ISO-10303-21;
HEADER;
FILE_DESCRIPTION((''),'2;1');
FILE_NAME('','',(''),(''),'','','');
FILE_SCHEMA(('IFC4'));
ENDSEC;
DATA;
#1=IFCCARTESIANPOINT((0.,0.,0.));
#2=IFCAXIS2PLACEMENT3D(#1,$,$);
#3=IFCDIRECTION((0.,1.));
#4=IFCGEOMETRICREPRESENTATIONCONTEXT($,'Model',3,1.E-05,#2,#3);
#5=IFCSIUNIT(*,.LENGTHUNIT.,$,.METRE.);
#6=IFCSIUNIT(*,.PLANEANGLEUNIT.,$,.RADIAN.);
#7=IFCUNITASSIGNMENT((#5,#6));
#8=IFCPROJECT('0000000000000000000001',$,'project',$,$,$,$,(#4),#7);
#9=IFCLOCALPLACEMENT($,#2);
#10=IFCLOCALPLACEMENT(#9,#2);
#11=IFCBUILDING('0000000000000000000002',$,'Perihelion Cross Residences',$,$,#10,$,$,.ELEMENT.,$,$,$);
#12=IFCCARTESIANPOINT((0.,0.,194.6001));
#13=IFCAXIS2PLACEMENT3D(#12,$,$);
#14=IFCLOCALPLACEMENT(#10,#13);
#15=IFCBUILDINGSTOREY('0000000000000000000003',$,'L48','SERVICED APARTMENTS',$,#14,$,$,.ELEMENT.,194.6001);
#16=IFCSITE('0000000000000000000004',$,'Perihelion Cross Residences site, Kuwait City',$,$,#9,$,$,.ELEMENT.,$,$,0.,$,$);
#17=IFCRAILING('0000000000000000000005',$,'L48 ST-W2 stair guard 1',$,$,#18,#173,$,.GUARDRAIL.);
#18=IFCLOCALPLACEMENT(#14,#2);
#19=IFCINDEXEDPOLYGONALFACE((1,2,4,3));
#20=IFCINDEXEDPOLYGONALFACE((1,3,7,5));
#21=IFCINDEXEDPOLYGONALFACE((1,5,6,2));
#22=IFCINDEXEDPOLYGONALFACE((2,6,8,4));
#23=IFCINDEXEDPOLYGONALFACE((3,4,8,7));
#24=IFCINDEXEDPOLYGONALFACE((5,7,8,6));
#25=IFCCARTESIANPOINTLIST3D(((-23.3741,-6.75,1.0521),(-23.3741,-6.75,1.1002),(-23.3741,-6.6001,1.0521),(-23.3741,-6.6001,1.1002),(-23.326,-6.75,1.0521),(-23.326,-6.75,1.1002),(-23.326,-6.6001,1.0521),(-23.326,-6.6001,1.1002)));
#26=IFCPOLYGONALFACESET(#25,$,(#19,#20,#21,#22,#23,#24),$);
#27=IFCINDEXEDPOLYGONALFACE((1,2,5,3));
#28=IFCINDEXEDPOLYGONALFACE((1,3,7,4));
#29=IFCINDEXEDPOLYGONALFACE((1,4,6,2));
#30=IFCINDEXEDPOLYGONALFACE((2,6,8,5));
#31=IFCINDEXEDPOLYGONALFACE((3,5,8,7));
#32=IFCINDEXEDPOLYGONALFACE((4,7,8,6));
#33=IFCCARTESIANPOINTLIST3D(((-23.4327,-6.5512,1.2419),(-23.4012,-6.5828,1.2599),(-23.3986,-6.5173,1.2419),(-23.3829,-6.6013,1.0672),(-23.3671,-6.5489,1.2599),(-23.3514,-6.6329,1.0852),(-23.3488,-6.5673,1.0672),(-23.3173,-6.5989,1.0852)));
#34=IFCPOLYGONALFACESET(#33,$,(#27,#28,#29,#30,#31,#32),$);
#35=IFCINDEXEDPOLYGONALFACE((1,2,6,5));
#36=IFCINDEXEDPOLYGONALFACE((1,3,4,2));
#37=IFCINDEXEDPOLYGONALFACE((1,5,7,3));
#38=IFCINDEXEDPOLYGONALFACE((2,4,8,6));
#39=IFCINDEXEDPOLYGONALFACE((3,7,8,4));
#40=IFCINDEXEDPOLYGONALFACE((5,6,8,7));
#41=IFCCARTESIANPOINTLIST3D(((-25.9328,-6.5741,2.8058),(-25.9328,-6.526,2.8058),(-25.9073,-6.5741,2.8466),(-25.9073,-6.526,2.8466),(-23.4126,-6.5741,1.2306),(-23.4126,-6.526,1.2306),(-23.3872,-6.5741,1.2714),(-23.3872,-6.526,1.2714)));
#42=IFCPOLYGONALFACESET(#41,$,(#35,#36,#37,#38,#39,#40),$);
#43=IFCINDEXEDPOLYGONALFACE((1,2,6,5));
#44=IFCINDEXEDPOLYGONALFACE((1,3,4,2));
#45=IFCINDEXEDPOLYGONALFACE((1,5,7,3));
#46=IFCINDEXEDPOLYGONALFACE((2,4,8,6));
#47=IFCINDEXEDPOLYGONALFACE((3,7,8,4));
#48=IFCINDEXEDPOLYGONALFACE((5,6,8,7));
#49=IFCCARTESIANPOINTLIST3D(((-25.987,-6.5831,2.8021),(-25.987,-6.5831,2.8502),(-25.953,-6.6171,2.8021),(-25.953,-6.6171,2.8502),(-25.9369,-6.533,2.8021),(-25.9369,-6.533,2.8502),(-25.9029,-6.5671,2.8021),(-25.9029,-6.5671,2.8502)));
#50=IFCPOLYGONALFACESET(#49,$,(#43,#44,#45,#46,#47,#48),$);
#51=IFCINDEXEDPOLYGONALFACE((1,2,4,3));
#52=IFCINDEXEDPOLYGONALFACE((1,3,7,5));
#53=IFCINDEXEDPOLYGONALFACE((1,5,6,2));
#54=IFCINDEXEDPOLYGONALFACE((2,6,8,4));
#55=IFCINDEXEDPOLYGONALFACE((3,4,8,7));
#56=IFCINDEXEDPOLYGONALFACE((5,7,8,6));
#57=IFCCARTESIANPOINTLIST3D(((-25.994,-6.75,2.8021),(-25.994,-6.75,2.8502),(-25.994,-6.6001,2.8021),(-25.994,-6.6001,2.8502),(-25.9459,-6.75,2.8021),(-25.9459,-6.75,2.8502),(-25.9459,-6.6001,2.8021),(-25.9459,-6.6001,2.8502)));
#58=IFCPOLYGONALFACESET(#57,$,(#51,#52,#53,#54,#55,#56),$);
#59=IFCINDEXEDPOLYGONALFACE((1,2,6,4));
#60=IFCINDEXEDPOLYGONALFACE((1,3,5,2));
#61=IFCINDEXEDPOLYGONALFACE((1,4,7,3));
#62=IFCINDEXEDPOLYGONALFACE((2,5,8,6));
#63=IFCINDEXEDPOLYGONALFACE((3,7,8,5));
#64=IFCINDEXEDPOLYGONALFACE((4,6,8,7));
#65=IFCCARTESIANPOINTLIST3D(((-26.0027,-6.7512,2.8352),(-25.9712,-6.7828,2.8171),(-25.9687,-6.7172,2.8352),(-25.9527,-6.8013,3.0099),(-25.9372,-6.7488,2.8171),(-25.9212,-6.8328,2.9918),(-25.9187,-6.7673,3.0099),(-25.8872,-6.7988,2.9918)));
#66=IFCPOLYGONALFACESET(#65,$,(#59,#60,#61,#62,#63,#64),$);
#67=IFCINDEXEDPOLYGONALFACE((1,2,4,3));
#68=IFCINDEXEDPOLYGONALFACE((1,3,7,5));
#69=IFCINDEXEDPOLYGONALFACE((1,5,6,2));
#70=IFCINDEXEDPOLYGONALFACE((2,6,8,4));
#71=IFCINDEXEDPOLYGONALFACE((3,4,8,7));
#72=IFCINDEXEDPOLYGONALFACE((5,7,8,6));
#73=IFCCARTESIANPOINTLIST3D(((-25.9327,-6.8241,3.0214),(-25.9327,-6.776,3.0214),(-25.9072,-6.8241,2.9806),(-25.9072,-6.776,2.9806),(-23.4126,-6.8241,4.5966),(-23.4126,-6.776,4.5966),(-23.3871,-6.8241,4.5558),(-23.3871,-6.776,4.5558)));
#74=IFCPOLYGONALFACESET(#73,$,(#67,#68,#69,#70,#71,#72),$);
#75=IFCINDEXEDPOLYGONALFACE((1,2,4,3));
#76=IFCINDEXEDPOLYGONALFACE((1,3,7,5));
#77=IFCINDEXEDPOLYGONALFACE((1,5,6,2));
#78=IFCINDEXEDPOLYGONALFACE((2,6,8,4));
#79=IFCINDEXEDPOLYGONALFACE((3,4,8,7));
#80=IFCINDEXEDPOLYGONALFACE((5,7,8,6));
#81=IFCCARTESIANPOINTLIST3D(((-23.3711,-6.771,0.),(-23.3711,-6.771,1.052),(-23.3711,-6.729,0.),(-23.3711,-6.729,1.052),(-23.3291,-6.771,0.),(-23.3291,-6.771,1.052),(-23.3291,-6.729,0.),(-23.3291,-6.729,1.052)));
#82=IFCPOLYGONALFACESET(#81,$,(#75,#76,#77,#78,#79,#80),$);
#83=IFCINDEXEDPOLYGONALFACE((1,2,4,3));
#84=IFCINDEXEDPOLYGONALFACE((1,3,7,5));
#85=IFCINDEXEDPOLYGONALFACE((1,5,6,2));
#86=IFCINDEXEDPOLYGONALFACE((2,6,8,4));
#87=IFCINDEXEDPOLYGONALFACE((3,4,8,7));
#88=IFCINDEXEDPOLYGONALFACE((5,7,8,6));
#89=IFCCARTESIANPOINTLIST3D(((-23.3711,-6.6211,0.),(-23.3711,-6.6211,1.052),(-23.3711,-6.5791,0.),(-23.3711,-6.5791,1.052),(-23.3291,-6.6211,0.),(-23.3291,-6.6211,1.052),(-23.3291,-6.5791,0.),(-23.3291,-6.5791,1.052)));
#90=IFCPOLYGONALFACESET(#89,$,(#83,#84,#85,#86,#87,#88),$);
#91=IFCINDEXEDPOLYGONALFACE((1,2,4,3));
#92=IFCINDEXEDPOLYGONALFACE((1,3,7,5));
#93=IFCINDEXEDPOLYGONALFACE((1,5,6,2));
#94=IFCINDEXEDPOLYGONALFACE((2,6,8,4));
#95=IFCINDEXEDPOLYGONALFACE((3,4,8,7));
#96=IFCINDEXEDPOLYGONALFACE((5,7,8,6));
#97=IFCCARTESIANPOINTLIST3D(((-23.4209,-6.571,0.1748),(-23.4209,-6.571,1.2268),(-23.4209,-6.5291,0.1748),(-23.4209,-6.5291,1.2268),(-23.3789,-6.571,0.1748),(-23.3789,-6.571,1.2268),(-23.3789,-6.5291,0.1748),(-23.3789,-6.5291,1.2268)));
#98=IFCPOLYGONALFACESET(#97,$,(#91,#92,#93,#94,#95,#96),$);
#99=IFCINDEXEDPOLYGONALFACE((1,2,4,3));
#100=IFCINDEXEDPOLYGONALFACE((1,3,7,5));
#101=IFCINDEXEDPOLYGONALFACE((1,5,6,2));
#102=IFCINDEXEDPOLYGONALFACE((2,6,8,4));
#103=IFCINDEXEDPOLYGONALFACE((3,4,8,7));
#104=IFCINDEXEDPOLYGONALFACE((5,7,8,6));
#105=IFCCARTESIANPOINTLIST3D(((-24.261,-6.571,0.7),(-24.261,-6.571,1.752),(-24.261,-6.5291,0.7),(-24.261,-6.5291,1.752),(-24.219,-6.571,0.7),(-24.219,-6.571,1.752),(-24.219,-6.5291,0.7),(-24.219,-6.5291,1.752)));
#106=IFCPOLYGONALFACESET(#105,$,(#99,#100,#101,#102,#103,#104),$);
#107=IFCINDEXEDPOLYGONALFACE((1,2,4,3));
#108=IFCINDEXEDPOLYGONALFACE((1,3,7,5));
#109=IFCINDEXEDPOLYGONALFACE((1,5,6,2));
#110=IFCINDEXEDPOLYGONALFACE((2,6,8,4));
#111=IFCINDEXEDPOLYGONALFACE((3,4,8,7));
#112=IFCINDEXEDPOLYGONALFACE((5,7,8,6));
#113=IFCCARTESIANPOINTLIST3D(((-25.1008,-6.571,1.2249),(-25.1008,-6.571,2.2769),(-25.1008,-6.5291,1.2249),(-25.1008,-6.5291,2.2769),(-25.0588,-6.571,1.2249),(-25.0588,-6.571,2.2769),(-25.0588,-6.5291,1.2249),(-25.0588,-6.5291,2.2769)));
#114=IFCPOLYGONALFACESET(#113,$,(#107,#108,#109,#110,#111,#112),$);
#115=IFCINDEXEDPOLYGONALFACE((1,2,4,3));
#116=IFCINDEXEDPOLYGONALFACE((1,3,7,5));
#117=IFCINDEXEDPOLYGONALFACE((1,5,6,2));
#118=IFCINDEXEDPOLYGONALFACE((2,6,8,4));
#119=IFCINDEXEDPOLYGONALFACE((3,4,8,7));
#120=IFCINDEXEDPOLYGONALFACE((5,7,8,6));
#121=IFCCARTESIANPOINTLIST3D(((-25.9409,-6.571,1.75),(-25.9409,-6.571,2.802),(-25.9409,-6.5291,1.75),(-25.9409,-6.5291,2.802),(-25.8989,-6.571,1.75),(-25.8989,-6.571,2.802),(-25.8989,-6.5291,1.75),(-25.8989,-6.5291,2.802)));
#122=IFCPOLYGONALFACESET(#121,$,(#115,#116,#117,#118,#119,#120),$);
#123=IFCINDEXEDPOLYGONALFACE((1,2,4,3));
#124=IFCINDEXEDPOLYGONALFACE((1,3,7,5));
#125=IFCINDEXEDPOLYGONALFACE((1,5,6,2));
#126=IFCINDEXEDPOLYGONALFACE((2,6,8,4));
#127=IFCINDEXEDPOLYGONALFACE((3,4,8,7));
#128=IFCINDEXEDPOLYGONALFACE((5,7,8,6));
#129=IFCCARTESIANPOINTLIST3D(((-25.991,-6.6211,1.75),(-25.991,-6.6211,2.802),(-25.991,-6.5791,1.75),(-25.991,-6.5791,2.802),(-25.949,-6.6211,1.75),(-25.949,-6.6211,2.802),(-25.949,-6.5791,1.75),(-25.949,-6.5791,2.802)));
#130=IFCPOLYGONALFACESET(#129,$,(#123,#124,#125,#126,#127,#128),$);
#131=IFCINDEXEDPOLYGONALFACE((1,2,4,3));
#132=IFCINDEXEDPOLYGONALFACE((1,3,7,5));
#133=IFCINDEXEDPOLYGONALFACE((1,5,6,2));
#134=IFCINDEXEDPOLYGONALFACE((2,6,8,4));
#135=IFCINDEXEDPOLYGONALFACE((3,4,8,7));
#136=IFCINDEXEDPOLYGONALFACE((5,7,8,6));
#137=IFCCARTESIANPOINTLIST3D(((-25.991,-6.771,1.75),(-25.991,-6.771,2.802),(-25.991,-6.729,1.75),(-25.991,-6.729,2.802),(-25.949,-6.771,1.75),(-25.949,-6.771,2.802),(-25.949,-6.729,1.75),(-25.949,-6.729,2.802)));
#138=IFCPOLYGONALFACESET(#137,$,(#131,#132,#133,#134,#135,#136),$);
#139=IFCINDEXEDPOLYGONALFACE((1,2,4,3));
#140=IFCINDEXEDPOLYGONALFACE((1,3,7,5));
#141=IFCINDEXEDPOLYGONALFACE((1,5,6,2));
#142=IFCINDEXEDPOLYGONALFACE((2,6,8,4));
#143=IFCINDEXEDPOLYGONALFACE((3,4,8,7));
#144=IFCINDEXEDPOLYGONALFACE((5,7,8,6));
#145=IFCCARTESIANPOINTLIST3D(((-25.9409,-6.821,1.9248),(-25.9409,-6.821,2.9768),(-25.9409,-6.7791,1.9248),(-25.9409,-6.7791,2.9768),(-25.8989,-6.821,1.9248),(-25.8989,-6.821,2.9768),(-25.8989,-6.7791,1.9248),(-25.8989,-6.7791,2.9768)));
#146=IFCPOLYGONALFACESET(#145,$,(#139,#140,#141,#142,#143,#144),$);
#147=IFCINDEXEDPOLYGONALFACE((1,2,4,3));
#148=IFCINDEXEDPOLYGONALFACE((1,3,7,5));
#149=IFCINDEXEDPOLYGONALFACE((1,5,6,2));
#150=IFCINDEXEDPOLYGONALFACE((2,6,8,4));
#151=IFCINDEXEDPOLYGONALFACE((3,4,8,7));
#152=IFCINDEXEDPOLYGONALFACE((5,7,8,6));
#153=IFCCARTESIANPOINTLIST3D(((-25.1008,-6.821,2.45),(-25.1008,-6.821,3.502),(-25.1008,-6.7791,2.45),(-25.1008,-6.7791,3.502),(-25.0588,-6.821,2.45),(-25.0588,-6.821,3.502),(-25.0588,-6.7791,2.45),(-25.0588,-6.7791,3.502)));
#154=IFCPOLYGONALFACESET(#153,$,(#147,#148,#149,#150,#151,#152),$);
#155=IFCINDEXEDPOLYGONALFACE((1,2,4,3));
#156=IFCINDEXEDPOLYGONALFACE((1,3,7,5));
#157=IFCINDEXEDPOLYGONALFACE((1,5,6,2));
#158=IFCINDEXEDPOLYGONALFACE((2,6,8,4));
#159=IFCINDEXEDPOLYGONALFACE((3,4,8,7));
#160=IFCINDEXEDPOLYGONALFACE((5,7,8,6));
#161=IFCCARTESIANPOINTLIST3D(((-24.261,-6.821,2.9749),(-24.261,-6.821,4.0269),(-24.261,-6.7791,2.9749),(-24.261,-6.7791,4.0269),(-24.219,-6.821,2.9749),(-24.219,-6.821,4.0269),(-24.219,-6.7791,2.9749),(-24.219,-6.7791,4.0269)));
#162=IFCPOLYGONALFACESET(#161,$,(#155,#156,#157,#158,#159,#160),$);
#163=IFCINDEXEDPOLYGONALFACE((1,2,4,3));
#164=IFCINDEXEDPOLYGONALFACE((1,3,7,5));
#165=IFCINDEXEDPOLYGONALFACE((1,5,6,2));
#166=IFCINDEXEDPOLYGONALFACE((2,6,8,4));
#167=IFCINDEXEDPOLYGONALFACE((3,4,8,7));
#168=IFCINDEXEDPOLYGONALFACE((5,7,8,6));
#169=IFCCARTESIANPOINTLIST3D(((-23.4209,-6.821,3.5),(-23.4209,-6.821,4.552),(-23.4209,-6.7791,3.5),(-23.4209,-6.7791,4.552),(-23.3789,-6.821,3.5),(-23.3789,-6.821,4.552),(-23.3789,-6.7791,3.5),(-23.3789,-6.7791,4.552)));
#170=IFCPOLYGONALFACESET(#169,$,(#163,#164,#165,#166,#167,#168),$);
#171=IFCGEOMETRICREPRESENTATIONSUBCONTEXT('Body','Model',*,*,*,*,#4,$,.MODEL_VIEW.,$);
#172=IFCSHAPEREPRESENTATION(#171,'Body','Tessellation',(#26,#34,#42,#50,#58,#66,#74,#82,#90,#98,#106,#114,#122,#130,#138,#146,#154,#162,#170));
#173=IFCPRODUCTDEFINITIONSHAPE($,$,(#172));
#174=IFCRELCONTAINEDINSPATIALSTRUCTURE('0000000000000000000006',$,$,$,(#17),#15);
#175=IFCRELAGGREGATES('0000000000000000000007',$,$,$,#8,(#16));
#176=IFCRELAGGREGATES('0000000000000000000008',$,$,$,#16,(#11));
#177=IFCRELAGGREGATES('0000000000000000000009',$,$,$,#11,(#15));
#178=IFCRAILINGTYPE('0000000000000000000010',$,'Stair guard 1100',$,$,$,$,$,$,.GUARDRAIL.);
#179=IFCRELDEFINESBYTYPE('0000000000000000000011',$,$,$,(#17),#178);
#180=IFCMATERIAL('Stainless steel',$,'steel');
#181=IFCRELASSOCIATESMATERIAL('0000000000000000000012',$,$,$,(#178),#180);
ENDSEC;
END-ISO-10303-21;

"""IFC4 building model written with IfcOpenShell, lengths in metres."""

from ifc_helpers import new_model, si_unit, direction, frame, origin, origin_2d, place, context, subcontext, project, spatial, rectangle, extrude, material, type_object, element, save


model = new_model("IFC4")

# Units and contexts
model_context = context("Model", 3, precision=1e-05, world=origin(), true_north=direction((0.0, 1.0)))
body_context = subcontext(model_context, "Body", "Model", "MODEL_VIEW")
ifc_project = project(units=[si_unit("LENGTHUNIT", "METRE"), si_unit("PLANEANGLEUNIT", "RADIAN")], contexts=[model_context])

# Site, building, storey
site_placement = place(None, origin())
site = spatial("IfcSite", under=ifc_project, at=site_placement, Name="Perihelion Cross Residences site, Kuwait City", CompositionType="ELEMENT", RefElevation=0.0)
building_placement = place(site_placement, origin())
building = spatial("IfcBuilding", under=site, at=building_placement, Name="Perihelion Cross Residences", CompositionType="ELEMENT")
storey_placement = place(building_placement, frame((0.0, 0.0, 194.6001)))
storey = spatial("IfcBuildingStorey", under=building, at=storey_placement, Name="L48", Description="SERVICED APARTMENTS", CompositionType="ELEMENT", Elevation=194.6001)

# Railing
ifc_material_1 = material(Name="Stainless steel", Category="steel")
railing_type_1 = type_object("IfcRailingType", Name="Stair guard 1100", PredefinedType="GUARDRAIL", material=ifc_material_1)
railing_1_placement = place(storey_placement, frame((-23.3501, -6.75, 0.0)))
element("IfcRailing", 1, at=railing_1_placement, inside=storey, type_object=railing_type_1, Name="L48 ST-W2 stair guard 1", PredefinedType="GUARDRAIL", context=body_context, shape_type="SweptSolid", body=[
    extrude(rectangle(XDim=0.0481, YDim=0.0481, at=origin_2d()), frame((0.0, 0.0, 1.0762), z_axis=(0.0, 1.0, 0.0), x_axis=(-1.0, 0.0, 0.0)), (0.0, 0.0, 1.0), 0.1499),
    extrude(rectangle(XDim=0.0481, YDim=0.0481, at=origin_2d()), frame((0.0, 0.1499, 1.0762), z_axis=(-0.264179, 0.265474, 0.927218), x_axis=(-0.708834, -0.705376, 0.0)), (0.0, 0.0, 1.0), 0.1885),
    extrude(rectangle(XDim=0.0481, YDim=0.0481, at=origin_2d()), frame((-0.0498, 0.2, 1.251), z_axis=(-0.847971, 0.0, 0.530043), x_axis=(0.0, -1.0, 0.0)), (0.0, 0.0, 1.0), 2.9719),
    extrude(rectangle(XDim=0.0481, YDim=0.0481, at=origin_2d()), frame((-2.5698, 0.2, 2.8262), z_axis=(-0.707107, -0.707107, 0.0), x_axis=(0.707107, -0.707107, 0.0)), (0.0, 0.0, 1.0), 0.0708),
    extrude(rectangle(XDim=0.0481, YDim=0.0481, at=origin_2d()), frame((-2.6199, 0.1499, 2.8262), z_axis=(0.0, -1.0, 0.0), x_axis=(1.0, 0.0, 0.0)), (0.0, 0.0, 1.0), 0.1499),
    extrude(rectangle(XDim=0.0481, YDim=0.0481, at=origin_2d()), frame((-2.6199, 0.0, 2.8262), z_axis=(0.265383, -0.265383, 0.9269), x_axis=(0.707107, 0.707107, 0.0)), (0.0, 0.0, 1.0), 0.1885),
    extrude(rectangle(XDim=0.0481, YDim=0.0481, at=origin_2d()), frame((-2.5698, -0.05, 3.001), z_axis=(0.847971, 0.0, 0.530043), x_axis=(0.0, 1.0, 0.0)), (0.0, 0.0, 1.0), 2.9719),
    extrude(rectangle(XDim=0.042, YDim=0.042, at=origin_2d()), origin(), (0.0, 0.0, 1.0), 1.052),
    extrude(rectangle(XDim=0.042, YDim=0.042, at=origin_2d()), frame((0.0, 0.1499, 0.0)), (0.0, 0.0, 1.0), 1.052),
    extrude(rectangle(XDim=0.042, YDim=0.042, at=origin_2d()), frame((-0.0498, 0.2, 0.1748)), (0.0, 0.0, 1.0), 1.052),
    extrude(rectangle(XDim=0.042, YDim=0.042, at=origin_2d()), frame((-0.8899, 0.2, 0.7)), (0.0, 0.0, 1.0), 1.052),
    extrude(rectangle(XDim=0.042, YDim=0.042, at=origin_2d()), frame((-1.7297, 0.2, 1.2249)), (0.0, 0.0, 1.0), 1.052),
    extrude(rectangle(XDim=0.042, YDim=0.042, at=origin_2d()), frame((-2.5698, 0.2, 1.75)), (0.0, 0.0, 1.0), 1.052),
    extrude(rectangle(XDim=0.042, YDim=0.042, at=origin_2d()), frame((-2.6199, 0.1499, 1.75)), (0.0, 0.0, 1.0), 1.052),
    extrude(rectangle(XDim=0.042, YDim=0.042, at=origin_2d()), frame((-2.6199, 0.0, 1.75)), (0.0, 0.0, 1.0), 1.052),
    extrude(rectangle(XDim=0.042, YDim=0.042, at=origin_2d()), frame((-2.5698, -0.05, 1.9248)), (0.0, 0.0, 1.0), 1.052),
    extrude(rectangle(XDim=0.042, YDim=0.042, at=origin_2d()), frame((-1.7297, -0.05, 2.45)), (0.0, 0.0, 1.0), 1.052),
    extrude(rectangle(XDim=0.042, YDim=0.042, at=origin_2d()), frame((-0.8899, -0.05, 2.9749)), (0.0, 0.0, 1.0), 1.052),
    extrude(rectangle(XDim=0.042, YDim=0.042, at=origin_2d()), frame((-0.0498, -0.05, 3.5)), (0.0, 0.0, 1.0), 1.052),
])

save(model, "model.ifc")
